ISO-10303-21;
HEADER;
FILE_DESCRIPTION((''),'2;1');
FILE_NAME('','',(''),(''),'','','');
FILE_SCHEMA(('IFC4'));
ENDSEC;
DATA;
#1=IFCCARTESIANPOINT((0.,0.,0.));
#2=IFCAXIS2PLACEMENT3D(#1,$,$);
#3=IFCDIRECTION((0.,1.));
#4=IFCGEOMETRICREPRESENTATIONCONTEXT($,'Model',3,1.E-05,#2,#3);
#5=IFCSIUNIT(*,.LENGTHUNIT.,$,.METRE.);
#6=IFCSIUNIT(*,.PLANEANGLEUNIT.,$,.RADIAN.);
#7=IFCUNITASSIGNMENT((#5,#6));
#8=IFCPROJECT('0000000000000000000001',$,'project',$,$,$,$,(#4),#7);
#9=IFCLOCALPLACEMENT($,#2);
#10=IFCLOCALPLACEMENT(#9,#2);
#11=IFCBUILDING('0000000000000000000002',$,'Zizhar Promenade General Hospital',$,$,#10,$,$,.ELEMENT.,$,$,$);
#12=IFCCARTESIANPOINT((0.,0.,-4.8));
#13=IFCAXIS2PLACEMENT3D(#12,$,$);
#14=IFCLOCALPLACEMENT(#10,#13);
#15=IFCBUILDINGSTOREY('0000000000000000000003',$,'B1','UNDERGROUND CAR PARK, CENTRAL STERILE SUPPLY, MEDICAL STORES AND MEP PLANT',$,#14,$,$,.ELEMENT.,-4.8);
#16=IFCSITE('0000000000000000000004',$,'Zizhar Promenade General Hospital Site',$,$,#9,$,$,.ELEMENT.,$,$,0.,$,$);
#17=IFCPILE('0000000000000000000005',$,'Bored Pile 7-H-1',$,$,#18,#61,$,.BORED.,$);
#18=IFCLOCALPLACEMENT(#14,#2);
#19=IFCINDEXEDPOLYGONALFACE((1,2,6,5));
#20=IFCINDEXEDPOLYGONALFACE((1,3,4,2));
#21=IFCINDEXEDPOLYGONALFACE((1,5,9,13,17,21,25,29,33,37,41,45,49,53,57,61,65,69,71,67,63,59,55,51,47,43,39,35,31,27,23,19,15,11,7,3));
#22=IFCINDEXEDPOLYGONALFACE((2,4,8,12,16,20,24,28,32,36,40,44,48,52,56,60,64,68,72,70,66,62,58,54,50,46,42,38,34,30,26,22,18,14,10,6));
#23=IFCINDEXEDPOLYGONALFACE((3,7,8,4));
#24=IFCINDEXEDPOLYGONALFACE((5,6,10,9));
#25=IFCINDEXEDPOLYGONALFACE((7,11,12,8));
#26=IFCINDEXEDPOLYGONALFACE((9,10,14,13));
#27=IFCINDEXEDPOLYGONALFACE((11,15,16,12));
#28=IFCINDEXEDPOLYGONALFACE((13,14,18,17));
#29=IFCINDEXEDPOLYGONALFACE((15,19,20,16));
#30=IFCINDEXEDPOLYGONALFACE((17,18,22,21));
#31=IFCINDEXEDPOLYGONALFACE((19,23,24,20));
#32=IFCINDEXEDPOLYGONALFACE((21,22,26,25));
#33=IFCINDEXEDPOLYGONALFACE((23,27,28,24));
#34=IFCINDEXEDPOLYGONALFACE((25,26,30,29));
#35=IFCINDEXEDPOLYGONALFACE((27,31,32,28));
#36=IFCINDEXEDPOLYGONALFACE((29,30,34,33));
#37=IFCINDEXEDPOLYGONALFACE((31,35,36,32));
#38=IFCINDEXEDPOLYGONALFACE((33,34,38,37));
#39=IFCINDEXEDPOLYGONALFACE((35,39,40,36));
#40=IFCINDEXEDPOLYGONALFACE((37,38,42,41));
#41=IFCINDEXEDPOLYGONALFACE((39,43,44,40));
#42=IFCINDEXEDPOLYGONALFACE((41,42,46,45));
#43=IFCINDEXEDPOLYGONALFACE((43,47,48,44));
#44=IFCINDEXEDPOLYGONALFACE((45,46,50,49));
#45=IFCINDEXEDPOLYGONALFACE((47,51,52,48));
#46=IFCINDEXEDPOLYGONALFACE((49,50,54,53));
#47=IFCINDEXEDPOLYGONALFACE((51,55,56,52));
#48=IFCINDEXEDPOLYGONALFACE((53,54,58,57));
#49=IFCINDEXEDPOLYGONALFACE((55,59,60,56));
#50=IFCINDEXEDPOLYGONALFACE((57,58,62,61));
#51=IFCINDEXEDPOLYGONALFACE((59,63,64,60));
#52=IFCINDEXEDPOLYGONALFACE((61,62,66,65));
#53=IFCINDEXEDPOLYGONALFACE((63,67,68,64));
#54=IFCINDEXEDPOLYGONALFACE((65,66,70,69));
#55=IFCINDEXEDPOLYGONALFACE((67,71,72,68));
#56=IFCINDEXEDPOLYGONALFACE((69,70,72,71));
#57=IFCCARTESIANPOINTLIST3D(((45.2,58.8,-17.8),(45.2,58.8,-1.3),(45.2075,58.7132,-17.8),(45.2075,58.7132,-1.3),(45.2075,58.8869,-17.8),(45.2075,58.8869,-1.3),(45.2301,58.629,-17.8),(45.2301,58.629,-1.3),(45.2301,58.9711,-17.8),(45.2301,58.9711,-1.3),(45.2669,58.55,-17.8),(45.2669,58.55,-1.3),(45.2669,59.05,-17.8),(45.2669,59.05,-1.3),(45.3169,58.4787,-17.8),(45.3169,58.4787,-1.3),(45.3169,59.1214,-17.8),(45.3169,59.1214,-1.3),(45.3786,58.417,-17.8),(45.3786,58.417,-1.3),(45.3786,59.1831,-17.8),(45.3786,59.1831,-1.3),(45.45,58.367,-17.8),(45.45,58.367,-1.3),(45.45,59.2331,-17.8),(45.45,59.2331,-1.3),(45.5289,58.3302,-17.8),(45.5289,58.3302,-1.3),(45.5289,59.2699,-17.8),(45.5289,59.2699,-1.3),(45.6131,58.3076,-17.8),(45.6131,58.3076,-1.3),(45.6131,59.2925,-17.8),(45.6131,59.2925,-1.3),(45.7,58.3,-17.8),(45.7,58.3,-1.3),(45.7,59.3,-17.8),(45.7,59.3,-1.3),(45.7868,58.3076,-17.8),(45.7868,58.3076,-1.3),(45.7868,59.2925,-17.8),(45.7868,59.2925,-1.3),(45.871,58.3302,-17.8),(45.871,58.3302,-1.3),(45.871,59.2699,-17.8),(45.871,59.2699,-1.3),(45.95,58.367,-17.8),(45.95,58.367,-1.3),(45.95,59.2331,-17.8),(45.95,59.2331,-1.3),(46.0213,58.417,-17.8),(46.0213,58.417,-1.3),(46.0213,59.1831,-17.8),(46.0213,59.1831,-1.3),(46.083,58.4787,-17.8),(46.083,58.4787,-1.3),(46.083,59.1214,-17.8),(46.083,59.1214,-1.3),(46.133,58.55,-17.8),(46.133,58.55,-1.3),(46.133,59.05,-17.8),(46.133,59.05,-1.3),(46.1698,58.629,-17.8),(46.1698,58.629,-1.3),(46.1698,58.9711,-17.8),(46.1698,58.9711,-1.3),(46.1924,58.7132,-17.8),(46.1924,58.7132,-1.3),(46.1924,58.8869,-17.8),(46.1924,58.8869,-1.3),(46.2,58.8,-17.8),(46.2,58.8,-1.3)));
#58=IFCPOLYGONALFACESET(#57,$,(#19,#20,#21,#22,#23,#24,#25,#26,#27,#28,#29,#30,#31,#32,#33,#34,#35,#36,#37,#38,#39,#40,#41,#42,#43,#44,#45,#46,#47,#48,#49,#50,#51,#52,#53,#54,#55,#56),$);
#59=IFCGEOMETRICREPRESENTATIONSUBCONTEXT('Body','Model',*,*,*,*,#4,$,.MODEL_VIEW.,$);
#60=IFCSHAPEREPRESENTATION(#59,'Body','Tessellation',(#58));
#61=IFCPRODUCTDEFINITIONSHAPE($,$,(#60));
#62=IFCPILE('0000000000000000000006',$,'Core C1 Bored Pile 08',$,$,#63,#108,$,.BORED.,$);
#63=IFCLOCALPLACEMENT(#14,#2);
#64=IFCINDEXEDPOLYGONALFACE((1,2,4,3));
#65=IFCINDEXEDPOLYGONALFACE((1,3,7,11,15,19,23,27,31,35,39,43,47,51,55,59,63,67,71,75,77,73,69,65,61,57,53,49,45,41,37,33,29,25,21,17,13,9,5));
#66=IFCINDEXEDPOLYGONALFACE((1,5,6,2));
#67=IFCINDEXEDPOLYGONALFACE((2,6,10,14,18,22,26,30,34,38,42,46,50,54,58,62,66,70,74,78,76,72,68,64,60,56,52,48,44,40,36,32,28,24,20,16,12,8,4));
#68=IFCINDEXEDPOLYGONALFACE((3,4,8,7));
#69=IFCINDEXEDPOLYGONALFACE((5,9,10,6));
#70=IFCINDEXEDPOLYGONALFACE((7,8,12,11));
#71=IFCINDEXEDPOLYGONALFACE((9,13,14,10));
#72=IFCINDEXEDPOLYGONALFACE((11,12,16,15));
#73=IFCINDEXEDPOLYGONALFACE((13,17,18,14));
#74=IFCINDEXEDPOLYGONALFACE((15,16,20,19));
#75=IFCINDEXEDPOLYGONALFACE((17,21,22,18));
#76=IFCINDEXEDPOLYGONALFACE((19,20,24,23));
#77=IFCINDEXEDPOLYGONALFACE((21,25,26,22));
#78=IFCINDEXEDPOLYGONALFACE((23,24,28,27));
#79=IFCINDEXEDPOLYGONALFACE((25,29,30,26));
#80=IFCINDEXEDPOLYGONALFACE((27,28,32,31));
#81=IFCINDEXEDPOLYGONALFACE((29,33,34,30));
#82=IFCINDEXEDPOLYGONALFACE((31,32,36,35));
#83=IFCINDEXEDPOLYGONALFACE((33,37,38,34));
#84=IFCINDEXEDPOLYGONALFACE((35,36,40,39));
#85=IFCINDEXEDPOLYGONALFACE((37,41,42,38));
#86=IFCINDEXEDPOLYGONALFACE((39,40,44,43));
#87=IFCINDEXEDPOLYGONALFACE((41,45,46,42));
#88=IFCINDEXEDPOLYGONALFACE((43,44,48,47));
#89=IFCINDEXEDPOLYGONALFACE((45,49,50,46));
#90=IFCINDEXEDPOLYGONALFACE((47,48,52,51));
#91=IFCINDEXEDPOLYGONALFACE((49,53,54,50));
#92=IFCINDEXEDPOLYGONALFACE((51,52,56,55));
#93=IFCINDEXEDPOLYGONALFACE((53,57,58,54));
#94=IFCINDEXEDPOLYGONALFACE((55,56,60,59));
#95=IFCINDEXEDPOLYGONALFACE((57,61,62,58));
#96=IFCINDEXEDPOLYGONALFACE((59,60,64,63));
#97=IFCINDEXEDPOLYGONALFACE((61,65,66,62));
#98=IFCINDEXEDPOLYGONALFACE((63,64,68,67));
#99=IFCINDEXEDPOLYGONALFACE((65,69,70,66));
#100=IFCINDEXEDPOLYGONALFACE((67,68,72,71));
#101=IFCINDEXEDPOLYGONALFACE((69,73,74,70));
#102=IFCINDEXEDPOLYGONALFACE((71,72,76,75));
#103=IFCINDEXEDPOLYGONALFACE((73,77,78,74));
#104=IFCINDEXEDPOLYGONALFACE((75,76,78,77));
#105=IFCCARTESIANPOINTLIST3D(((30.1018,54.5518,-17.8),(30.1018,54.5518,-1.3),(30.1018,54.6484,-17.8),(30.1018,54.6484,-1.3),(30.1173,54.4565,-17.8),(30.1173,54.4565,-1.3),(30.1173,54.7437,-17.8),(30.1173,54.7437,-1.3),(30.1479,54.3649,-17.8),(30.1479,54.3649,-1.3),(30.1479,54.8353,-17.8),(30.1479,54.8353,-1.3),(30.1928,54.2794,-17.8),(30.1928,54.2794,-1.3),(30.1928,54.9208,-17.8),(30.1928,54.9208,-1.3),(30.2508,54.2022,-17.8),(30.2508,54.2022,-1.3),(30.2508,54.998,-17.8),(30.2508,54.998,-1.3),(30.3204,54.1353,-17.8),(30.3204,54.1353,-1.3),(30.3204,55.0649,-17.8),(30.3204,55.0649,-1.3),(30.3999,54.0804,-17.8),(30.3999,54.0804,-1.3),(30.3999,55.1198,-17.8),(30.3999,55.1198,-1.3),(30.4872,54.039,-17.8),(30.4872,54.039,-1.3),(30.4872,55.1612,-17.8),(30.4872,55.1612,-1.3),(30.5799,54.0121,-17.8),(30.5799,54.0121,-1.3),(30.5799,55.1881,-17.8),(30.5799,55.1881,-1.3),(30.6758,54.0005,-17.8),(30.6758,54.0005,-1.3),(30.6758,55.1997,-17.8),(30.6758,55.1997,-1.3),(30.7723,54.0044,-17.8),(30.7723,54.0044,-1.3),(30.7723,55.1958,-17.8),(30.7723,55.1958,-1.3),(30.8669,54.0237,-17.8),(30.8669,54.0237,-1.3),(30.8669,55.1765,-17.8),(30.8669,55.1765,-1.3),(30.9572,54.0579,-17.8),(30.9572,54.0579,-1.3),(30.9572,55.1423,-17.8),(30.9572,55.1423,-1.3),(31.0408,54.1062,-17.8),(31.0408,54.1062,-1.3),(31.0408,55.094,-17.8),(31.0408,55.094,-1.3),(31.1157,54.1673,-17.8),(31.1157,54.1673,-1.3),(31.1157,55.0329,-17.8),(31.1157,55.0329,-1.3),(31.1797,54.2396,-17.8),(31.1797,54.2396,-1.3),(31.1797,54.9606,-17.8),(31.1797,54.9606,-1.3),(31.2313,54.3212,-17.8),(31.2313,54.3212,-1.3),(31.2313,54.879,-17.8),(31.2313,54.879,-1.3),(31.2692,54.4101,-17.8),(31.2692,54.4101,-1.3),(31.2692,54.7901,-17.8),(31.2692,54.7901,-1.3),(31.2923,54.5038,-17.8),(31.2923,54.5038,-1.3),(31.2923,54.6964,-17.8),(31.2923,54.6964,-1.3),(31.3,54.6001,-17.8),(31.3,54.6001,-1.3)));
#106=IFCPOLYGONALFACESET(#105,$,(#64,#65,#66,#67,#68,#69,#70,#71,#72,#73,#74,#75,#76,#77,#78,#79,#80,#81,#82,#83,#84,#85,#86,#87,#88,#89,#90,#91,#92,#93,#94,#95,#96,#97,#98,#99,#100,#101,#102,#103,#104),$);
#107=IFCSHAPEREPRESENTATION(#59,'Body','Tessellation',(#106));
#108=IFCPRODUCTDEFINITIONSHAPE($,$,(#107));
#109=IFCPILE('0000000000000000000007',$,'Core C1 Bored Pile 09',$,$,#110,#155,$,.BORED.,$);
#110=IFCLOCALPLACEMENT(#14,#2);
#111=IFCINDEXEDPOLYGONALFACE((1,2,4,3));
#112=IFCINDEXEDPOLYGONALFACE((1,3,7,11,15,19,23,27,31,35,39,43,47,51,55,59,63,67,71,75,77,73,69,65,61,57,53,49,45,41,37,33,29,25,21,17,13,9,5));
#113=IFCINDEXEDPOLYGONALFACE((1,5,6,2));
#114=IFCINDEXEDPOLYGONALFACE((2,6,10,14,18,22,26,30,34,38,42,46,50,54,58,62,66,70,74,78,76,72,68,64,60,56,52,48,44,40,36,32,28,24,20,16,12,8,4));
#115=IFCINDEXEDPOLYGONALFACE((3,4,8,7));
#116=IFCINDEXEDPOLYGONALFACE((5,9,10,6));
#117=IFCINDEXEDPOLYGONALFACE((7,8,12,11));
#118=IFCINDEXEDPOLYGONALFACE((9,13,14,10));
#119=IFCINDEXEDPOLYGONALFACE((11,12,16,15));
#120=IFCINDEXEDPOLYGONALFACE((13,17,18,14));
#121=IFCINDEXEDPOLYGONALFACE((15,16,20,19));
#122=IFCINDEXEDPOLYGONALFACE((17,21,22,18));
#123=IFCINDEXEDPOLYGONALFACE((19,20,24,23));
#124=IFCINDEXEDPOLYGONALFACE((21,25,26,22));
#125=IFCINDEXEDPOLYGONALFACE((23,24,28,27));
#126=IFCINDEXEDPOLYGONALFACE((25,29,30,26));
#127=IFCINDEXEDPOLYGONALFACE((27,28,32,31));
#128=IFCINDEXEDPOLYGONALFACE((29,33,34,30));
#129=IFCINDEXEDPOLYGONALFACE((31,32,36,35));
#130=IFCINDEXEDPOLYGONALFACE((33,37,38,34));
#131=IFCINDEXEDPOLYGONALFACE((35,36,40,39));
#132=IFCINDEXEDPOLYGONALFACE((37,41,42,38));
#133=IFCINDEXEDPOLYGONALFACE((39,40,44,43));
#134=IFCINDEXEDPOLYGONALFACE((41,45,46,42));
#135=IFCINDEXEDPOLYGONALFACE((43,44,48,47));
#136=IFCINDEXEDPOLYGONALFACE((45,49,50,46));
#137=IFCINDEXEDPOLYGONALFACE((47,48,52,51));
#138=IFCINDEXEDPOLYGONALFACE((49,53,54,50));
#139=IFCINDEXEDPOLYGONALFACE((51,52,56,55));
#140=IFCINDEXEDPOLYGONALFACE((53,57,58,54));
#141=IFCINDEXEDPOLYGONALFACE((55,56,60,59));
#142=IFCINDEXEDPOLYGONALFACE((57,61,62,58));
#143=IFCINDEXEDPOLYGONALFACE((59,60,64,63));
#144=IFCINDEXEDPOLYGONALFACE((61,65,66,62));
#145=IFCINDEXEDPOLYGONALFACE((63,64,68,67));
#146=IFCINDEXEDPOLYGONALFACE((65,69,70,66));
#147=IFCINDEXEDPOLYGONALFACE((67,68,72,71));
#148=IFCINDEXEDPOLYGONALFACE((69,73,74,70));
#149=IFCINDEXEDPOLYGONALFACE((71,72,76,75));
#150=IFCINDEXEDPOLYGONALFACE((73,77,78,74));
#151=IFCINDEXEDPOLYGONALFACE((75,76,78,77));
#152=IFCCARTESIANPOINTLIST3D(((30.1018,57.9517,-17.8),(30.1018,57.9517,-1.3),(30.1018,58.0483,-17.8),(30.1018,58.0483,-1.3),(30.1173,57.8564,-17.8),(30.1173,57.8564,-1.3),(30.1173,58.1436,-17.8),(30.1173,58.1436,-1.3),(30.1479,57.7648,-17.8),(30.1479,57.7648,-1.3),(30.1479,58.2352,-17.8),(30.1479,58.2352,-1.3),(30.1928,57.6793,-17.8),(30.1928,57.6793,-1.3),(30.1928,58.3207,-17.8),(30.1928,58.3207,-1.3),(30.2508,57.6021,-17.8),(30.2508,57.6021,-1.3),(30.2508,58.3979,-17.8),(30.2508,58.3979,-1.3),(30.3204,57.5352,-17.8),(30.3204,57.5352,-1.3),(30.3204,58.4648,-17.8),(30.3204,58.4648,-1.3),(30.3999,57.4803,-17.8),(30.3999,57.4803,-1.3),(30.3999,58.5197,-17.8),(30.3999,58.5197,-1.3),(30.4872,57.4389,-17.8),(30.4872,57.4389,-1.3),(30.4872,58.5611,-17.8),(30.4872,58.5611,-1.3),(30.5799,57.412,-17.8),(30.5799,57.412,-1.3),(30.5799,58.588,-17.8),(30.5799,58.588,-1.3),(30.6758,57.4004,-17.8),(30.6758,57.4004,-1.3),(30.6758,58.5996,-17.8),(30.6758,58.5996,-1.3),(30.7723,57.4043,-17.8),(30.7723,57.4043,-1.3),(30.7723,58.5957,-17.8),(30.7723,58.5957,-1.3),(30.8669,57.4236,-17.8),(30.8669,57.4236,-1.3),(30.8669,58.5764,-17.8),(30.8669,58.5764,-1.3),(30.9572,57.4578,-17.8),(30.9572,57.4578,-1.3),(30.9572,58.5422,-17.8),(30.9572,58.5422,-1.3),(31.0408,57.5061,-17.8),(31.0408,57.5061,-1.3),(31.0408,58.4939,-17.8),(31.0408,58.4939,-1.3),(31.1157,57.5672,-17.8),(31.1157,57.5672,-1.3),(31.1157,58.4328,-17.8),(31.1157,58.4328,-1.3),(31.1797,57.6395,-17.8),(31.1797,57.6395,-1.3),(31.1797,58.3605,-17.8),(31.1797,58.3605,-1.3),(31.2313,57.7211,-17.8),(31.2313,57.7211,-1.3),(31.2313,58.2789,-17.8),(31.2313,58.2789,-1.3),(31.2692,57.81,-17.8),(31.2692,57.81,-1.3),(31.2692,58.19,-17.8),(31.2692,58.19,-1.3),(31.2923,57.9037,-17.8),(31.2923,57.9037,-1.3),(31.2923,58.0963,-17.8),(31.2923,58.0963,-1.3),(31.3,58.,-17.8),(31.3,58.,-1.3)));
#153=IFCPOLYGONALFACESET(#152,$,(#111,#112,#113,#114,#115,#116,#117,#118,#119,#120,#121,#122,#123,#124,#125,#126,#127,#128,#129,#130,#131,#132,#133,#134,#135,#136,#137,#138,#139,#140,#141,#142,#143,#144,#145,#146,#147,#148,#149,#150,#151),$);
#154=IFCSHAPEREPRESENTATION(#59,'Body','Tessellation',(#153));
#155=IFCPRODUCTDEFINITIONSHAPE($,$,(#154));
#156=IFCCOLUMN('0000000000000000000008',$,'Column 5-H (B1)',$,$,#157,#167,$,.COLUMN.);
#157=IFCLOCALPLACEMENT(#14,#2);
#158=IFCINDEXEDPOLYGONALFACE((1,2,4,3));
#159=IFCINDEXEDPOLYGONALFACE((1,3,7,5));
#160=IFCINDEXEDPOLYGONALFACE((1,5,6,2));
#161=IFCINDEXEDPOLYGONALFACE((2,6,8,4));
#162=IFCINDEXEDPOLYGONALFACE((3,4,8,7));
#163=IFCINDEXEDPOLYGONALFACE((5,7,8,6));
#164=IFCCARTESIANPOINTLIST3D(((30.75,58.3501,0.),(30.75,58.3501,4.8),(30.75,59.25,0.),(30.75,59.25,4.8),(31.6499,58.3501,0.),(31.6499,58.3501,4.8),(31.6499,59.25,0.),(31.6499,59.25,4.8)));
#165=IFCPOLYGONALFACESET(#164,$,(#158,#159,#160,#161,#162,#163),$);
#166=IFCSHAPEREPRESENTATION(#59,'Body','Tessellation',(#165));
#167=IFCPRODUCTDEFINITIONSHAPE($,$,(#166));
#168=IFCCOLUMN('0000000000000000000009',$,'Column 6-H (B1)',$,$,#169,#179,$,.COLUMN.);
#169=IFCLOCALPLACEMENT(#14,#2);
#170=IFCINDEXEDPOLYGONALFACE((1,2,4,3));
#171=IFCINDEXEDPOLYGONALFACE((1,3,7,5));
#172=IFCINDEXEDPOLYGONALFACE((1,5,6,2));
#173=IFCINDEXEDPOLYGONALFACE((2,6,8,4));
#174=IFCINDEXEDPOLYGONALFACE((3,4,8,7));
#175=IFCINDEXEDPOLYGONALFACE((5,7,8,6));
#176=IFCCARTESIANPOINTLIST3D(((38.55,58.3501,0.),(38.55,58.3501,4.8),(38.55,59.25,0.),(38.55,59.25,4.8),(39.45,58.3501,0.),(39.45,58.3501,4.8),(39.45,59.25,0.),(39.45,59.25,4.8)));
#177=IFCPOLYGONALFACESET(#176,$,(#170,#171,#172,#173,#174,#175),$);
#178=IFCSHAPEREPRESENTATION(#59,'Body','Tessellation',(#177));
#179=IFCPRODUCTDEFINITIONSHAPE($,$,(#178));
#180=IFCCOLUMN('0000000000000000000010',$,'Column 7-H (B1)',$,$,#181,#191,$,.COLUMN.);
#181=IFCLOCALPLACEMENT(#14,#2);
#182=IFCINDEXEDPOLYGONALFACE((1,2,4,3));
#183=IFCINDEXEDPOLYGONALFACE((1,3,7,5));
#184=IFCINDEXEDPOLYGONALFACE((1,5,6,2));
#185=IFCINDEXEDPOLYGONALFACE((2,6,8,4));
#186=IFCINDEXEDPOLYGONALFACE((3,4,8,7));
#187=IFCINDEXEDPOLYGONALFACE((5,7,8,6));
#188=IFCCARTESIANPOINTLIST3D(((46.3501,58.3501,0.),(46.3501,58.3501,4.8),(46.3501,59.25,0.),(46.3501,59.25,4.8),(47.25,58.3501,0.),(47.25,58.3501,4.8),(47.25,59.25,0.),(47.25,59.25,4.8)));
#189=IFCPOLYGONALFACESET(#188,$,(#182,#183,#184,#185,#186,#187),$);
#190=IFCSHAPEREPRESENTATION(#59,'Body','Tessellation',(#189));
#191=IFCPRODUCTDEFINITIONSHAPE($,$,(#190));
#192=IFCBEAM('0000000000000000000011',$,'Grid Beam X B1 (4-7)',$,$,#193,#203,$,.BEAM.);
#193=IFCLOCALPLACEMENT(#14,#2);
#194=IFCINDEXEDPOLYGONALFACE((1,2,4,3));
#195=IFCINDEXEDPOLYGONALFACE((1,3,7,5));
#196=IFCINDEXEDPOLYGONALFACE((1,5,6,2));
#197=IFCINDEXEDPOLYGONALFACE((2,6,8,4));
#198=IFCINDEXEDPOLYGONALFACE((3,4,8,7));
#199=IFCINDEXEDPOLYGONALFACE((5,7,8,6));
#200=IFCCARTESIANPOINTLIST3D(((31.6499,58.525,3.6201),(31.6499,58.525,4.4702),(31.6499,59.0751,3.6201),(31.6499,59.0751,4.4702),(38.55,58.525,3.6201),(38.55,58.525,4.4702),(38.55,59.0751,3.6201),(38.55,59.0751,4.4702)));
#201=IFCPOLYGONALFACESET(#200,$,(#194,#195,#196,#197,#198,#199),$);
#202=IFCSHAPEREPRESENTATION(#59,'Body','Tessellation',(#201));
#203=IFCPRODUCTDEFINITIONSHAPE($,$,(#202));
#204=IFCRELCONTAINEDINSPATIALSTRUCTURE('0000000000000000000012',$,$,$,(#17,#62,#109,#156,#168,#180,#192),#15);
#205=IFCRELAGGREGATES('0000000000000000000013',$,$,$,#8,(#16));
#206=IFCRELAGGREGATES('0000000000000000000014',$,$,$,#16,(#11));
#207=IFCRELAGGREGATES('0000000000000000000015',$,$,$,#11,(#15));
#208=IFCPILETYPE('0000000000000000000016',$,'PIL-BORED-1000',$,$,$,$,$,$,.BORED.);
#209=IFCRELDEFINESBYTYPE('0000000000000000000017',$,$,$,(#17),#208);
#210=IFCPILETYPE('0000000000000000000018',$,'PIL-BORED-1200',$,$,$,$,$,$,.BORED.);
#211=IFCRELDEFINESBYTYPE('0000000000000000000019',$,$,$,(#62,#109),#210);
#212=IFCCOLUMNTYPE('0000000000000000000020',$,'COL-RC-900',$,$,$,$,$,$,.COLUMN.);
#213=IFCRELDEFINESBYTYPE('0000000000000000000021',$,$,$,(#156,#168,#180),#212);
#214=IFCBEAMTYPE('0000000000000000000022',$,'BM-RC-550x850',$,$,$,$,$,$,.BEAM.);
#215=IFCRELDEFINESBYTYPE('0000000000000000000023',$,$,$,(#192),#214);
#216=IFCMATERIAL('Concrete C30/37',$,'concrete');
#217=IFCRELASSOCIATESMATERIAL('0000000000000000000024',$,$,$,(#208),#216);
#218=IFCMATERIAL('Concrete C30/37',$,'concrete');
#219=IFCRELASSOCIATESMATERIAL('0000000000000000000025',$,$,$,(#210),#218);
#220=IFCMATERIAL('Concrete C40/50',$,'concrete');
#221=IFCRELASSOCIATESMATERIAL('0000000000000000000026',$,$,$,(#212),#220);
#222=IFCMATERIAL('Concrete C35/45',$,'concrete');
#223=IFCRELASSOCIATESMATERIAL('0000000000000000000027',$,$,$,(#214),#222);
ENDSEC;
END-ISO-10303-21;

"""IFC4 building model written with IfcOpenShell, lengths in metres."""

from ifc_helpers import new_model, si_unit, direction, frame, origin, origin_2d, place, context, subcontext, project, spatial, rectangle, circle, extrude, material, material_profile, profile_set, type_object, element, save


model = new_model("IFC4")

# Units and contexts
model_context = context("Model", 3, precision=1e-05, world=origin(), true_north=direction((0.0, 1.0)))
body_context = subcontext(model_context, "Body", "Model", "MODEL_VIEW")
ifc_project = project(units=[si_unit("LENGTHUNIT", "METRE"), si_unit("PLANEANGLEUNIT", "RADIAN")], contexts=[model_context])

# Site, building, storey
site_placement = place(None, origin())
site = spatial("IfcSite", under=ifc_project, at=site_placement, Name="Zizhar Promenade General Hospital Site", CompositionType="ELEMENT", RefElevation=0.0)
building_placement = place(site_placement, origin())
building = spatial("IfcBuilding", under=site, at=building_placement, Name="Zizhar Promenade General Hospital", CompositionType="ELEMENT")
storey_placement = place(building_placement, frame((0.0, 0.0, -4.8)))
storey = spatial("IfcBuildingStorey", under=building, at=storey_placement, Name="B1", Description="UNDERGROUND CAR PARK, CENTRAL STERILE SUPPLY, MEDICAL STORES AND MEP PLANT", CompositionType="ELEMENT", Elevation=-4.8)

# Piles
ifc_material_1 = material(Name="Concrete C30/37", Category="concrete")
ifc_material_profile_1 = material_profile(ifc_material_1, circle(Radius=0.5, at=origin_2d()))
ifc_profile_set_1 = profile_set([ifc_material_profile_1], Name="Concrete C30/37")
pile_type_1 = type_object("IfcPileType", Name="PIL-BORED-1000", PredefinedType="BORED", material=ifc_profile_set_1)
for number, where, z_axis, x_axis, name in (
    (1, (45.7, 58.8, -1.3), (0.0, 0.0, -1.0), (1.0, 0.0, 0.0), "Bored Pile 7-H-1"),
):
    element("IfcPile", number, at=place(storey_placement, frame(where, z_axis=z_axis, x_axis=x_axis)), inside=storey, type_object=pile_type_1, Name=name, PredefinedType="BORED", context=body_context, shape_type="SweptSolid", body=[
        extrude(circle(Radius=0.5, at=origin_2d()), origin(), (0.0, 0.0, 1.0), 16.5),
    ])
ifc_material_2 = material(Name="Concrete C30/37", Category="concrete")
ifc_material_profile_2 = material_profile(ifc_material_2, circle(Radius=0.6001, at=origin_2d()))
ifc_profile_set_2 = profile_set([ifc_material_profile_2], Name="Concrete C30/37")
pile_type_2 = type_object("IfcPileType", Name="PIL-BORED-1200", PredefinedType="BORED", material=ifc_profile_set_2)
for number, where, z_axis, x_axis, name in (
    (2, (30.7, 54.6001, -1.3), (0.0, 0.0, -1.0), (1.0, 0.0, 0.0), "Core C1 Bored Pile 08"),
    (3, (30.7, 58.0, -1.3), (0.0, 0.0, -1.0), (1.0, 0.0, 0.0), "Core C1 Bored Pile 09"),
):
    element("IfcPile", number, at=place(storey_placement, frame(where, z_axis=z_axis, x_axis=x_axis)), inside=storey, type_object=pile_type_2, Name=name, PredefinedType="BORED", context=body_context, shape_type="SweptSolid", body=[
        extrude(circle(Radius=0.6001, at=origin_2d()), origin(), (0.0, 0.0, 1.0), 16.5),
    ])

# Columns
ifc_material_3 = material(Name="Concrete C40/50", Category="concrete")
ifc_material_profile_3 = material_profile(ifc_material_3, rectangle(XDim=0.8999, YDim=0.8999, at=origin_2d()))
ifc_profile_set_3 = profile_set([ifc_material_profile_3], Name="Concrete C40/50")
column_type = type_object("IfcColumnType", Name="COL-RC-900", PredefinedType="COLUMN", material=ifc_profile_set_3)
for number, where, z_axis, x_axis, name in (
    (4, (31.2, 58.8, 0.0), (0.0, 0.0, 1.0), (1.0, 0.0, 0.0), "Column 5-H (B1)"),
    (5, (39.0, 58.8, 0.0), (0.0, 0.0, 1.0), (1.0, 0.0, 0.0), "Column 6-H (B1)"),
    (6, (46.8, 58.8, 0.0), (0.0, 0.0, 1.0), (1.0, 0.0, 0.0), "Column 7-H (B1)"),
):
    element("IfcColumn", number, at=place(storey_placement, frame(where, z_axis=z_axis, x_axis=x_axis)), inside=storey, type_object=column_type, Name=name, PredefinedType="COLUMN", context=body_context, shape_type="SweptSolid", body=[
        extrude(rectangle(XDim=0.8999, YDim=0.8999, at=origin_2d()), origin(), (0.0, 0.0, 1.0), 4.8),
    ])

# Beam
ifc_material_4 = material(Name="Concrete C35/45", Category="concrete")
ifc_material_profile_4 = material_profile(ifc_material_4, rectangle(XDim=0.55, YDim=0.8501, at=origin_2d()))
ifc_profile_set_4 = profile_set([ifc_material_profile_4], Name="Concrete C35/45")
beam_type_1 = type_object("IfcBeamType", Name="BM-RC-550x850", PredefinedType="BEAM", material=ifc_profile_set_4)
for number, where, z_axis, x_axis, name in (
    (7, (31.6499, 58.8, 4.0452), (1.0, 0.0, 0.0), (0.0, 1.0, 0.0), "Grid Beam X B1 (4-7)"),
):
    element("IfcBeam", number, at=place(storey_placement, frame(where, z_axis=z_axis, x_axis=x_axis)), inside=storey, type_object=beam_type_1, Name=name, PredefinedType="BEAM", context=body_context, shape_type="SweptSolid", body=[
        extrude(rectangle(XDim=0.55, YDim=0.8501, at=origin_2d()), origin(), (0.0, 0.0, 1.0), 6.9001),
    ])

save(model, "model.ifc")
